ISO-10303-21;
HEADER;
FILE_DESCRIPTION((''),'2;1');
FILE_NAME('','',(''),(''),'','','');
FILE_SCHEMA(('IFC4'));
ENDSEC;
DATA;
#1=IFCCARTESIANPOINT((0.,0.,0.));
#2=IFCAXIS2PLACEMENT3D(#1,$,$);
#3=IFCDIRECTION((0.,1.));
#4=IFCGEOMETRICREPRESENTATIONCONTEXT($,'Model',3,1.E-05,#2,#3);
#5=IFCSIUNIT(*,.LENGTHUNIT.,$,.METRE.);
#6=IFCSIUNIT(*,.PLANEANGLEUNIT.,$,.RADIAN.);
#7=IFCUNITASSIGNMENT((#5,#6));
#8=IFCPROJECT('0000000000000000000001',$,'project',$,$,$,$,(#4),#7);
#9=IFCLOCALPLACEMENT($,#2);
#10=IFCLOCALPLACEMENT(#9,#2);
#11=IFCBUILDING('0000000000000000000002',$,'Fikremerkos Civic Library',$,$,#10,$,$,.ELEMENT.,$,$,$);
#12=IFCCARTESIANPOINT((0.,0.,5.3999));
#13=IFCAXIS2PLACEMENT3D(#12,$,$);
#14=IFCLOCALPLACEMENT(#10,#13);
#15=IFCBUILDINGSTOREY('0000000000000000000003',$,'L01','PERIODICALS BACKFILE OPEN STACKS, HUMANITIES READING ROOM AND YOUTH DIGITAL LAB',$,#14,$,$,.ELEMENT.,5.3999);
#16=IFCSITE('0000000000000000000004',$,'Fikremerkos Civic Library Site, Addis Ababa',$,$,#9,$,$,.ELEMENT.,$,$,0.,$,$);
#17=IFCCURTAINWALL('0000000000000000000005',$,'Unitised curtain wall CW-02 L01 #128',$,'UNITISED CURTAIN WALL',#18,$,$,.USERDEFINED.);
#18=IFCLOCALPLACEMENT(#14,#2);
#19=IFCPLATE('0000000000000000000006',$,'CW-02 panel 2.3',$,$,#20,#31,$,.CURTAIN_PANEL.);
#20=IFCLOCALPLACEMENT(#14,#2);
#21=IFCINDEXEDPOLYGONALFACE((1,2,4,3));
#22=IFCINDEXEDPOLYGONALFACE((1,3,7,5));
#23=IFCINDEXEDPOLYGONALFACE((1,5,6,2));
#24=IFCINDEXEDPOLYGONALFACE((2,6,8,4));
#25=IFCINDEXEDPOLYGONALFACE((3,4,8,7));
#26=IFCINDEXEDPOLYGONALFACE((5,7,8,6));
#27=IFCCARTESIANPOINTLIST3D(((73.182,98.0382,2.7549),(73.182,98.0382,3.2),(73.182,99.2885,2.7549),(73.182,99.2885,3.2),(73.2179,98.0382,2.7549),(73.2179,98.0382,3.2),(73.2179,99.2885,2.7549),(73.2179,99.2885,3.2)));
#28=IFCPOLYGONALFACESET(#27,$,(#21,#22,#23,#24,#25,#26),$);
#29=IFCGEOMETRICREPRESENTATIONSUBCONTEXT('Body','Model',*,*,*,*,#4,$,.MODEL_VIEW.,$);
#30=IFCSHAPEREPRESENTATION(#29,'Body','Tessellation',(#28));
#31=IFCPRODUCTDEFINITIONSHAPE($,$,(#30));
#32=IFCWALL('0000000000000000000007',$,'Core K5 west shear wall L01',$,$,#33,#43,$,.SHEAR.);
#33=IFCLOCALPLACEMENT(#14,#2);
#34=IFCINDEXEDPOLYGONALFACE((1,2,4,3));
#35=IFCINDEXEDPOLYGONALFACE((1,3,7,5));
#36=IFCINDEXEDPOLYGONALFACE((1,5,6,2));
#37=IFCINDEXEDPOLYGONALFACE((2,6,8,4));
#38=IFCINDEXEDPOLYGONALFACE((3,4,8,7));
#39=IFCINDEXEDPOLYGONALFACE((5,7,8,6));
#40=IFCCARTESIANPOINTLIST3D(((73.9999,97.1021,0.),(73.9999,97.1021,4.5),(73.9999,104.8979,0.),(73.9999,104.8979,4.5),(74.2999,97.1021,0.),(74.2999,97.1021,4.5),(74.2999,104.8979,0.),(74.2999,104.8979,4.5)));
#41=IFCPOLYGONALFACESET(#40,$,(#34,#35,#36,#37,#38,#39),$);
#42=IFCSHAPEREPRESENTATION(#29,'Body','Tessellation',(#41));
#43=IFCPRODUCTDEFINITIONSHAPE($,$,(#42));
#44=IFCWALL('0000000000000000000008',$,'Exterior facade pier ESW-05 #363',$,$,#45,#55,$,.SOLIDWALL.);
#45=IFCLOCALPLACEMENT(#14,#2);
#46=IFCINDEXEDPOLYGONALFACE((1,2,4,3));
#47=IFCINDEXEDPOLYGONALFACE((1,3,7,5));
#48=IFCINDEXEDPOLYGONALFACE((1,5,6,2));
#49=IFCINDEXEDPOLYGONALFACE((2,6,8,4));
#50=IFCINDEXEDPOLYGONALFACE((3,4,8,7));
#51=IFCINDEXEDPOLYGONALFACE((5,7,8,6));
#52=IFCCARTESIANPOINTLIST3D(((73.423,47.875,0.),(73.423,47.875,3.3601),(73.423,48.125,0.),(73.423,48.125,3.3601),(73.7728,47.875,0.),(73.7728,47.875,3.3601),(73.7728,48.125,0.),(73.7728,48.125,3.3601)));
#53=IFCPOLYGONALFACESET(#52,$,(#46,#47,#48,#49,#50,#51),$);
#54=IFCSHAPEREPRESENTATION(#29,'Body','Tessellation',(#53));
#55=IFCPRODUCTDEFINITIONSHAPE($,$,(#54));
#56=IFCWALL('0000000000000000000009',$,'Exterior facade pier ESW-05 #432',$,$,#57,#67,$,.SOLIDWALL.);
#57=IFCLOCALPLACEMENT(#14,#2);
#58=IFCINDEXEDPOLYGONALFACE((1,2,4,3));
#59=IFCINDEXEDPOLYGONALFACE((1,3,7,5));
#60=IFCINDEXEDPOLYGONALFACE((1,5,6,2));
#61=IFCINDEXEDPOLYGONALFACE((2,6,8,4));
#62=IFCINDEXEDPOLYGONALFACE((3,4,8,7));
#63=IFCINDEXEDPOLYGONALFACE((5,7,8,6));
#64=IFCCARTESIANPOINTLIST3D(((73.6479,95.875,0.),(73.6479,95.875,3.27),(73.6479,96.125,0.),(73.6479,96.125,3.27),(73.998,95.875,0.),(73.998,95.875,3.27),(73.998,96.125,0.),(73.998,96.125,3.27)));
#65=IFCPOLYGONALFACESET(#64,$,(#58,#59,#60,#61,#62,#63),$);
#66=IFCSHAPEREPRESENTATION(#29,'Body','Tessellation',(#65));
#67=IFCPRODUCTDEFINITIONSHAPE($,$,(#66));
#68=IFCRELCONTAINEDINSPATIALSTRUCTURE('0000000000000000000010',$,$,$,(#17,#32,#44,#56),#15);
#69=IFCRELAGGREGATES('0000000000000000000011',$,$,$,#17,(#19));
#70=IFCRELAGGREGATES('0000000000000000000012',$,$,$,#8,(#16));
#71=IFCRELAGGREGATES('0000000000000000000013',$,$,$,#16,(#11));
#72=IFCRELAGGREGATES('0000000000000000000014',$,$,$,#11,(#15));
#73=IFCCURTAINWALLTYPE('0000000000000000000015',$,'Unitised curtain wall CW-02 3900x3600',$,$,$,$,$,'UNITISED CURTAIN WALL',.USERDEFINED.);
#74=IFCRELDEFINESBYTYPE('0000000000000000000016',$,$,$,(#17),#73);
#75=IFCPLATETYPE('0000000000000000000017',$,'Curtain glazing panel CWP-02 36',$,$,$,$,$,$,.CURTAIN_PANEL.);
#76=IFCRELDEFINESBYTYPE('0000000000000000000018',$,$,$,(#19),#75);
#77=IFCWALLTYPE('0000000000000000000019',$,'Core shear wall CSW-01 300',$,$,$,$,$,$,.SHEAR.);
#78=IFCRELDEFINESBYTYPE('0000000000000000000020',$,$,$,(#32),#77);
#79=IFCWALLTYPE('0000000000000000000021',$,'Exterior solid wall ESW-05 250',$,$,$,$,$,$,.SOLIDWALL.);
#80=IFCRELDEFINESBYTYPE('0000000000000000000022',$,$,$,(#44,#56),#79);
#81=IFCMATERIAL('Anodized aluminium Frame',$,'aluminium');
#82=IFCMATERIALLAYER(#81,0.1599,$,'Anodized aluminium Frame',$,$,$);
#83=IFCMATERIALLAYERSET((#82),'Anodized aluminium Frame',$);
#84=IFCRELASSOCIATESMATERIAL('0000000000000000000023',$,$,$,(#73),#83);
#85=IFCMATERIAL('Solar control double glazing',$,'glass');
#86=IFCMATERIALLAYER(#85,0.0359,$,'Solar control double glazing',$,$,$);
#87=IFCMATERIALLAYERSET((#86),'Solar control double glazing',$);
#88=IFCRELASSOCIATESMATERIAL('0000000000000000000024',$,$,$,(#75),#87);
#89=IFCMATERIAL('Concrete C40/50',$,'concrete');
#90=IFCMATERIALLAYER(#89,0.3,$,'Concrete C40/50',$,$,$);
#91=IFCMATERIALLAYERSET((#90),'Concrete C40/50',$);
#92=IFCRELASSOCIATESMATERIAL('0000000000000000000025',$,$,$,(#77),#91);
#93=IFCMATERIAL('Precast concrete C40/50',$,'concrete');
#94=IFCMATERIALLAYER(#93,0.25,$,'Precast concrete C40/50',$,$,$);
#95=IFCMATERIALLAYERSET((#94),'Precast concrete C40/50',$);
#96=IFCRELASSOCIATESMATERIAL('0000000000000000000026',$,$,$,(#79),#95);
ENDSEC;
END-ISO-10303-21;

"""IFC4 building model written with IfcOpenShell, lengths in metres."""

from ifc_helpers import new_model, si_unit, direction, frame, frame_2d, origin, origin_2d, place, context, subcontext, project, spatial, rectangle, extrude, material, layer, layer_set, type_object, element, aggregate, save


model = new_model("IFC4")

# Units and contexts
model_context = context("Model", 3, precision=1e-05, world=origin(), true_north=direction((0.0, 1.0)))
body_context = subcontext(model_context, "Body", "Model", "MODEL_VIEW")
ifc_project = project(units=[si_unit("LENGTHUNIT", "METRE"), si_unit("PLANEANGLEUNIT", "RADIAN")], contexts=[model_context])

# Site, building, storey
site_placement = place(None, origin())
site = spatial("IfcSite", under=ifc_project, at=site_placement, Name="Fikremerkos Civic Library Site, Addis Ababa", CompositionType="ELEMENT", RefElevation=0.0)
building_placement = place(site_placement, origin())
building = spatial("IfcBuilding", under=site, at=building_placement, Name="Fikremerkos Civic Library", CompositionType="ELEMENT")
storey_placement = place(building_placement, frame((0.0, 0.0, 5.3999)))
storey = spatial("IfcBuildingStorey", under=building, at=storey_placement, Name="L01", Description="PERIODICALS BACKFILE OPEN STACKS, HUMANITIES READING ROOM AND YOUTH DIGITAL LAB", CompositionType="ELEMENT", Elevation=5.3999)

# Shared definitions
ifc_material_1 = material(Name="Anodized aluminium Frame", Category="aluminium")

# Curtain wall
ifc_layer_1 = layer(ifc_material_1, 0.1599, Name="Anodized aluminium Frame")
ifc_layer_set_1 = layer_set([ifc_layer_1], Name="Anodized aluminium Frame")
curtain_wall_type_1 = type_object("IfcCurtainWallType", Name="Unitised curtain wall CW-02 3900x3600", ElementType="UNITISED CURTAIN WALL", PredefinedType="USERDEFINED", material=ifc_layer_set_1)
curtain_wall_1_placement = place(storey_placement, origin())
curtain_wall_1 = element("IfcCurtainWall", 1, at=curtain_wall_1_placement, inside=storey, type_object=curtain_wall_type_1, Name="Unitised curtain wall CW-02 L01 #128", ObjectType="UNITISED CURTAIN WALL", PredefinedType="USERDEFINED")

# Plate
ifc_material_2 = material(Name="Solar control double glazing", Category="glass")
ifc_layer_2 = layer(ifc_material_2, 0.0359, Name="Solar control double glazing")
ifc_layer_set_2 = layer_set([ifc_layer_2], Name="Solar control double glazing")
plate_type_1 = type_object("IfcPlateType", Name="Curtain glazing panel CWP-02 36", PredefinedType="CURTAIN_PANEL", material=ifc_layer_set_2)
plate_1_placement = place(storey_placement, frame((73.2, 98.6633, 2.7549), z_axis=(0.0, 0.0, 1.0), x_axis=(0.0, 1.0, 0.0)))
plate_1 = element("IfcPlate", 2, at=plate_1_placement, type_object=plate_type_1, Name="CW-02 panel 2.3", PredefinedType="CURTAIN_PANEL", context=body_context, shape_type="SweptSolid", body=[
    extrude(rectangle(XDim=1.2502, YDim=0.0359, at=origin_2d()), origin(), (0.0, 0.0, 1.0), 0.4451),
])
aggregate(curtain_wall_1, [plate_1])

# Walls
ifc_material_3 = material(Name="Concrete C40/50", Category="concrete")
ifc_layer_3 = layer(ifc_material_3, 0.3, Name="Concrete C40/50")
ifc_layer_set_3 = layer_set([ifc_layer_3], Name="Concrete C40/50")
wall_type_1 = type_object("IfcWallType", Name="Core shear wall CSW-01 300", PredefinedType="SHEAR", material=ifc_layer_set_3)
wall_1_placement = place(storey_placement, frame((74.1499, 97.1021, 0.0), z_axis=(0.0, 0.0, 1.0), x_axis=(0.0, 1.0, 0.0)))
element("IfcWall", 3, at=wall_1_placement, inside=storey, type_object=wall_type_1, Name="Core K5 west shear wall L01", PredefinedType="SHEAR", context=body_context, shape_type="SweptSolid", body=[
    extrude(rectangle(XDim=7.7959, YDim=0.3, at=frame_2d((3.8979, 0.0))), origin(), (0.0, 0.0, 1.0), 4.5),
])
ifc_material_4 = material(Name="Precast concrete C40/50", Category="concrete")
ifc_layer_4 = layer(ifc_material_4, 0.25, Name="Precast concrete C40/50")
ifc_layer_set_4 = layer_set([ifc_layer_4], Name="Precast concrete C40/50")
wall_type_2 = type_object("IfcWallType", Name="Exterior solid wall ESW-05 250", PredefinedType="SOLIDWALL", material=ifc_layer_set_4)
wall_2_placement = place(storey_placement, frame((73.4231, 48.0, 0.0), z_axis=(0.0, 0.0, 1.0), x_axis=(1.0, 0.0, 0.0)))
element("IfcWall", 4, at=wall_2_placement, inside=storey, type_object=wall_type_2, Name="Exterior facade pier ESW-05 #363", PredefinedType="SOLIDWALL", context=body_context, shape_type="SweptSolid", body=[
    extrude(rectangle(XDim=0.3499, YDim=0.25, at=frame_2d((0.1748, 0.0))), origin(), (0.0, 0.0, 1.0), 3.3601),
])
wall_3_placement = place(storey_placement, frame((73.998, 96.0, 0.0), z_axis=(0.0, 0.0, 1.0), x_axis=(-1.0, 0.0, 0.0)))
element("IfcWall", 5, at=wall_3_placement, inside=storey, type_object=wall_type_2, Name="Exterior facade pier ESW-05 #432", PredefinedType="SOLIDWALL", context=body_context, shape_type="SweptSolid", body=[
    extrude(rectangle(XDim=0.3501, YDim=0.25, at=frame_2d((0.175, 0.0))), origin(), (0.0, 0.0, 1.0), 3.27),
])

save(model, "model.ifc")
